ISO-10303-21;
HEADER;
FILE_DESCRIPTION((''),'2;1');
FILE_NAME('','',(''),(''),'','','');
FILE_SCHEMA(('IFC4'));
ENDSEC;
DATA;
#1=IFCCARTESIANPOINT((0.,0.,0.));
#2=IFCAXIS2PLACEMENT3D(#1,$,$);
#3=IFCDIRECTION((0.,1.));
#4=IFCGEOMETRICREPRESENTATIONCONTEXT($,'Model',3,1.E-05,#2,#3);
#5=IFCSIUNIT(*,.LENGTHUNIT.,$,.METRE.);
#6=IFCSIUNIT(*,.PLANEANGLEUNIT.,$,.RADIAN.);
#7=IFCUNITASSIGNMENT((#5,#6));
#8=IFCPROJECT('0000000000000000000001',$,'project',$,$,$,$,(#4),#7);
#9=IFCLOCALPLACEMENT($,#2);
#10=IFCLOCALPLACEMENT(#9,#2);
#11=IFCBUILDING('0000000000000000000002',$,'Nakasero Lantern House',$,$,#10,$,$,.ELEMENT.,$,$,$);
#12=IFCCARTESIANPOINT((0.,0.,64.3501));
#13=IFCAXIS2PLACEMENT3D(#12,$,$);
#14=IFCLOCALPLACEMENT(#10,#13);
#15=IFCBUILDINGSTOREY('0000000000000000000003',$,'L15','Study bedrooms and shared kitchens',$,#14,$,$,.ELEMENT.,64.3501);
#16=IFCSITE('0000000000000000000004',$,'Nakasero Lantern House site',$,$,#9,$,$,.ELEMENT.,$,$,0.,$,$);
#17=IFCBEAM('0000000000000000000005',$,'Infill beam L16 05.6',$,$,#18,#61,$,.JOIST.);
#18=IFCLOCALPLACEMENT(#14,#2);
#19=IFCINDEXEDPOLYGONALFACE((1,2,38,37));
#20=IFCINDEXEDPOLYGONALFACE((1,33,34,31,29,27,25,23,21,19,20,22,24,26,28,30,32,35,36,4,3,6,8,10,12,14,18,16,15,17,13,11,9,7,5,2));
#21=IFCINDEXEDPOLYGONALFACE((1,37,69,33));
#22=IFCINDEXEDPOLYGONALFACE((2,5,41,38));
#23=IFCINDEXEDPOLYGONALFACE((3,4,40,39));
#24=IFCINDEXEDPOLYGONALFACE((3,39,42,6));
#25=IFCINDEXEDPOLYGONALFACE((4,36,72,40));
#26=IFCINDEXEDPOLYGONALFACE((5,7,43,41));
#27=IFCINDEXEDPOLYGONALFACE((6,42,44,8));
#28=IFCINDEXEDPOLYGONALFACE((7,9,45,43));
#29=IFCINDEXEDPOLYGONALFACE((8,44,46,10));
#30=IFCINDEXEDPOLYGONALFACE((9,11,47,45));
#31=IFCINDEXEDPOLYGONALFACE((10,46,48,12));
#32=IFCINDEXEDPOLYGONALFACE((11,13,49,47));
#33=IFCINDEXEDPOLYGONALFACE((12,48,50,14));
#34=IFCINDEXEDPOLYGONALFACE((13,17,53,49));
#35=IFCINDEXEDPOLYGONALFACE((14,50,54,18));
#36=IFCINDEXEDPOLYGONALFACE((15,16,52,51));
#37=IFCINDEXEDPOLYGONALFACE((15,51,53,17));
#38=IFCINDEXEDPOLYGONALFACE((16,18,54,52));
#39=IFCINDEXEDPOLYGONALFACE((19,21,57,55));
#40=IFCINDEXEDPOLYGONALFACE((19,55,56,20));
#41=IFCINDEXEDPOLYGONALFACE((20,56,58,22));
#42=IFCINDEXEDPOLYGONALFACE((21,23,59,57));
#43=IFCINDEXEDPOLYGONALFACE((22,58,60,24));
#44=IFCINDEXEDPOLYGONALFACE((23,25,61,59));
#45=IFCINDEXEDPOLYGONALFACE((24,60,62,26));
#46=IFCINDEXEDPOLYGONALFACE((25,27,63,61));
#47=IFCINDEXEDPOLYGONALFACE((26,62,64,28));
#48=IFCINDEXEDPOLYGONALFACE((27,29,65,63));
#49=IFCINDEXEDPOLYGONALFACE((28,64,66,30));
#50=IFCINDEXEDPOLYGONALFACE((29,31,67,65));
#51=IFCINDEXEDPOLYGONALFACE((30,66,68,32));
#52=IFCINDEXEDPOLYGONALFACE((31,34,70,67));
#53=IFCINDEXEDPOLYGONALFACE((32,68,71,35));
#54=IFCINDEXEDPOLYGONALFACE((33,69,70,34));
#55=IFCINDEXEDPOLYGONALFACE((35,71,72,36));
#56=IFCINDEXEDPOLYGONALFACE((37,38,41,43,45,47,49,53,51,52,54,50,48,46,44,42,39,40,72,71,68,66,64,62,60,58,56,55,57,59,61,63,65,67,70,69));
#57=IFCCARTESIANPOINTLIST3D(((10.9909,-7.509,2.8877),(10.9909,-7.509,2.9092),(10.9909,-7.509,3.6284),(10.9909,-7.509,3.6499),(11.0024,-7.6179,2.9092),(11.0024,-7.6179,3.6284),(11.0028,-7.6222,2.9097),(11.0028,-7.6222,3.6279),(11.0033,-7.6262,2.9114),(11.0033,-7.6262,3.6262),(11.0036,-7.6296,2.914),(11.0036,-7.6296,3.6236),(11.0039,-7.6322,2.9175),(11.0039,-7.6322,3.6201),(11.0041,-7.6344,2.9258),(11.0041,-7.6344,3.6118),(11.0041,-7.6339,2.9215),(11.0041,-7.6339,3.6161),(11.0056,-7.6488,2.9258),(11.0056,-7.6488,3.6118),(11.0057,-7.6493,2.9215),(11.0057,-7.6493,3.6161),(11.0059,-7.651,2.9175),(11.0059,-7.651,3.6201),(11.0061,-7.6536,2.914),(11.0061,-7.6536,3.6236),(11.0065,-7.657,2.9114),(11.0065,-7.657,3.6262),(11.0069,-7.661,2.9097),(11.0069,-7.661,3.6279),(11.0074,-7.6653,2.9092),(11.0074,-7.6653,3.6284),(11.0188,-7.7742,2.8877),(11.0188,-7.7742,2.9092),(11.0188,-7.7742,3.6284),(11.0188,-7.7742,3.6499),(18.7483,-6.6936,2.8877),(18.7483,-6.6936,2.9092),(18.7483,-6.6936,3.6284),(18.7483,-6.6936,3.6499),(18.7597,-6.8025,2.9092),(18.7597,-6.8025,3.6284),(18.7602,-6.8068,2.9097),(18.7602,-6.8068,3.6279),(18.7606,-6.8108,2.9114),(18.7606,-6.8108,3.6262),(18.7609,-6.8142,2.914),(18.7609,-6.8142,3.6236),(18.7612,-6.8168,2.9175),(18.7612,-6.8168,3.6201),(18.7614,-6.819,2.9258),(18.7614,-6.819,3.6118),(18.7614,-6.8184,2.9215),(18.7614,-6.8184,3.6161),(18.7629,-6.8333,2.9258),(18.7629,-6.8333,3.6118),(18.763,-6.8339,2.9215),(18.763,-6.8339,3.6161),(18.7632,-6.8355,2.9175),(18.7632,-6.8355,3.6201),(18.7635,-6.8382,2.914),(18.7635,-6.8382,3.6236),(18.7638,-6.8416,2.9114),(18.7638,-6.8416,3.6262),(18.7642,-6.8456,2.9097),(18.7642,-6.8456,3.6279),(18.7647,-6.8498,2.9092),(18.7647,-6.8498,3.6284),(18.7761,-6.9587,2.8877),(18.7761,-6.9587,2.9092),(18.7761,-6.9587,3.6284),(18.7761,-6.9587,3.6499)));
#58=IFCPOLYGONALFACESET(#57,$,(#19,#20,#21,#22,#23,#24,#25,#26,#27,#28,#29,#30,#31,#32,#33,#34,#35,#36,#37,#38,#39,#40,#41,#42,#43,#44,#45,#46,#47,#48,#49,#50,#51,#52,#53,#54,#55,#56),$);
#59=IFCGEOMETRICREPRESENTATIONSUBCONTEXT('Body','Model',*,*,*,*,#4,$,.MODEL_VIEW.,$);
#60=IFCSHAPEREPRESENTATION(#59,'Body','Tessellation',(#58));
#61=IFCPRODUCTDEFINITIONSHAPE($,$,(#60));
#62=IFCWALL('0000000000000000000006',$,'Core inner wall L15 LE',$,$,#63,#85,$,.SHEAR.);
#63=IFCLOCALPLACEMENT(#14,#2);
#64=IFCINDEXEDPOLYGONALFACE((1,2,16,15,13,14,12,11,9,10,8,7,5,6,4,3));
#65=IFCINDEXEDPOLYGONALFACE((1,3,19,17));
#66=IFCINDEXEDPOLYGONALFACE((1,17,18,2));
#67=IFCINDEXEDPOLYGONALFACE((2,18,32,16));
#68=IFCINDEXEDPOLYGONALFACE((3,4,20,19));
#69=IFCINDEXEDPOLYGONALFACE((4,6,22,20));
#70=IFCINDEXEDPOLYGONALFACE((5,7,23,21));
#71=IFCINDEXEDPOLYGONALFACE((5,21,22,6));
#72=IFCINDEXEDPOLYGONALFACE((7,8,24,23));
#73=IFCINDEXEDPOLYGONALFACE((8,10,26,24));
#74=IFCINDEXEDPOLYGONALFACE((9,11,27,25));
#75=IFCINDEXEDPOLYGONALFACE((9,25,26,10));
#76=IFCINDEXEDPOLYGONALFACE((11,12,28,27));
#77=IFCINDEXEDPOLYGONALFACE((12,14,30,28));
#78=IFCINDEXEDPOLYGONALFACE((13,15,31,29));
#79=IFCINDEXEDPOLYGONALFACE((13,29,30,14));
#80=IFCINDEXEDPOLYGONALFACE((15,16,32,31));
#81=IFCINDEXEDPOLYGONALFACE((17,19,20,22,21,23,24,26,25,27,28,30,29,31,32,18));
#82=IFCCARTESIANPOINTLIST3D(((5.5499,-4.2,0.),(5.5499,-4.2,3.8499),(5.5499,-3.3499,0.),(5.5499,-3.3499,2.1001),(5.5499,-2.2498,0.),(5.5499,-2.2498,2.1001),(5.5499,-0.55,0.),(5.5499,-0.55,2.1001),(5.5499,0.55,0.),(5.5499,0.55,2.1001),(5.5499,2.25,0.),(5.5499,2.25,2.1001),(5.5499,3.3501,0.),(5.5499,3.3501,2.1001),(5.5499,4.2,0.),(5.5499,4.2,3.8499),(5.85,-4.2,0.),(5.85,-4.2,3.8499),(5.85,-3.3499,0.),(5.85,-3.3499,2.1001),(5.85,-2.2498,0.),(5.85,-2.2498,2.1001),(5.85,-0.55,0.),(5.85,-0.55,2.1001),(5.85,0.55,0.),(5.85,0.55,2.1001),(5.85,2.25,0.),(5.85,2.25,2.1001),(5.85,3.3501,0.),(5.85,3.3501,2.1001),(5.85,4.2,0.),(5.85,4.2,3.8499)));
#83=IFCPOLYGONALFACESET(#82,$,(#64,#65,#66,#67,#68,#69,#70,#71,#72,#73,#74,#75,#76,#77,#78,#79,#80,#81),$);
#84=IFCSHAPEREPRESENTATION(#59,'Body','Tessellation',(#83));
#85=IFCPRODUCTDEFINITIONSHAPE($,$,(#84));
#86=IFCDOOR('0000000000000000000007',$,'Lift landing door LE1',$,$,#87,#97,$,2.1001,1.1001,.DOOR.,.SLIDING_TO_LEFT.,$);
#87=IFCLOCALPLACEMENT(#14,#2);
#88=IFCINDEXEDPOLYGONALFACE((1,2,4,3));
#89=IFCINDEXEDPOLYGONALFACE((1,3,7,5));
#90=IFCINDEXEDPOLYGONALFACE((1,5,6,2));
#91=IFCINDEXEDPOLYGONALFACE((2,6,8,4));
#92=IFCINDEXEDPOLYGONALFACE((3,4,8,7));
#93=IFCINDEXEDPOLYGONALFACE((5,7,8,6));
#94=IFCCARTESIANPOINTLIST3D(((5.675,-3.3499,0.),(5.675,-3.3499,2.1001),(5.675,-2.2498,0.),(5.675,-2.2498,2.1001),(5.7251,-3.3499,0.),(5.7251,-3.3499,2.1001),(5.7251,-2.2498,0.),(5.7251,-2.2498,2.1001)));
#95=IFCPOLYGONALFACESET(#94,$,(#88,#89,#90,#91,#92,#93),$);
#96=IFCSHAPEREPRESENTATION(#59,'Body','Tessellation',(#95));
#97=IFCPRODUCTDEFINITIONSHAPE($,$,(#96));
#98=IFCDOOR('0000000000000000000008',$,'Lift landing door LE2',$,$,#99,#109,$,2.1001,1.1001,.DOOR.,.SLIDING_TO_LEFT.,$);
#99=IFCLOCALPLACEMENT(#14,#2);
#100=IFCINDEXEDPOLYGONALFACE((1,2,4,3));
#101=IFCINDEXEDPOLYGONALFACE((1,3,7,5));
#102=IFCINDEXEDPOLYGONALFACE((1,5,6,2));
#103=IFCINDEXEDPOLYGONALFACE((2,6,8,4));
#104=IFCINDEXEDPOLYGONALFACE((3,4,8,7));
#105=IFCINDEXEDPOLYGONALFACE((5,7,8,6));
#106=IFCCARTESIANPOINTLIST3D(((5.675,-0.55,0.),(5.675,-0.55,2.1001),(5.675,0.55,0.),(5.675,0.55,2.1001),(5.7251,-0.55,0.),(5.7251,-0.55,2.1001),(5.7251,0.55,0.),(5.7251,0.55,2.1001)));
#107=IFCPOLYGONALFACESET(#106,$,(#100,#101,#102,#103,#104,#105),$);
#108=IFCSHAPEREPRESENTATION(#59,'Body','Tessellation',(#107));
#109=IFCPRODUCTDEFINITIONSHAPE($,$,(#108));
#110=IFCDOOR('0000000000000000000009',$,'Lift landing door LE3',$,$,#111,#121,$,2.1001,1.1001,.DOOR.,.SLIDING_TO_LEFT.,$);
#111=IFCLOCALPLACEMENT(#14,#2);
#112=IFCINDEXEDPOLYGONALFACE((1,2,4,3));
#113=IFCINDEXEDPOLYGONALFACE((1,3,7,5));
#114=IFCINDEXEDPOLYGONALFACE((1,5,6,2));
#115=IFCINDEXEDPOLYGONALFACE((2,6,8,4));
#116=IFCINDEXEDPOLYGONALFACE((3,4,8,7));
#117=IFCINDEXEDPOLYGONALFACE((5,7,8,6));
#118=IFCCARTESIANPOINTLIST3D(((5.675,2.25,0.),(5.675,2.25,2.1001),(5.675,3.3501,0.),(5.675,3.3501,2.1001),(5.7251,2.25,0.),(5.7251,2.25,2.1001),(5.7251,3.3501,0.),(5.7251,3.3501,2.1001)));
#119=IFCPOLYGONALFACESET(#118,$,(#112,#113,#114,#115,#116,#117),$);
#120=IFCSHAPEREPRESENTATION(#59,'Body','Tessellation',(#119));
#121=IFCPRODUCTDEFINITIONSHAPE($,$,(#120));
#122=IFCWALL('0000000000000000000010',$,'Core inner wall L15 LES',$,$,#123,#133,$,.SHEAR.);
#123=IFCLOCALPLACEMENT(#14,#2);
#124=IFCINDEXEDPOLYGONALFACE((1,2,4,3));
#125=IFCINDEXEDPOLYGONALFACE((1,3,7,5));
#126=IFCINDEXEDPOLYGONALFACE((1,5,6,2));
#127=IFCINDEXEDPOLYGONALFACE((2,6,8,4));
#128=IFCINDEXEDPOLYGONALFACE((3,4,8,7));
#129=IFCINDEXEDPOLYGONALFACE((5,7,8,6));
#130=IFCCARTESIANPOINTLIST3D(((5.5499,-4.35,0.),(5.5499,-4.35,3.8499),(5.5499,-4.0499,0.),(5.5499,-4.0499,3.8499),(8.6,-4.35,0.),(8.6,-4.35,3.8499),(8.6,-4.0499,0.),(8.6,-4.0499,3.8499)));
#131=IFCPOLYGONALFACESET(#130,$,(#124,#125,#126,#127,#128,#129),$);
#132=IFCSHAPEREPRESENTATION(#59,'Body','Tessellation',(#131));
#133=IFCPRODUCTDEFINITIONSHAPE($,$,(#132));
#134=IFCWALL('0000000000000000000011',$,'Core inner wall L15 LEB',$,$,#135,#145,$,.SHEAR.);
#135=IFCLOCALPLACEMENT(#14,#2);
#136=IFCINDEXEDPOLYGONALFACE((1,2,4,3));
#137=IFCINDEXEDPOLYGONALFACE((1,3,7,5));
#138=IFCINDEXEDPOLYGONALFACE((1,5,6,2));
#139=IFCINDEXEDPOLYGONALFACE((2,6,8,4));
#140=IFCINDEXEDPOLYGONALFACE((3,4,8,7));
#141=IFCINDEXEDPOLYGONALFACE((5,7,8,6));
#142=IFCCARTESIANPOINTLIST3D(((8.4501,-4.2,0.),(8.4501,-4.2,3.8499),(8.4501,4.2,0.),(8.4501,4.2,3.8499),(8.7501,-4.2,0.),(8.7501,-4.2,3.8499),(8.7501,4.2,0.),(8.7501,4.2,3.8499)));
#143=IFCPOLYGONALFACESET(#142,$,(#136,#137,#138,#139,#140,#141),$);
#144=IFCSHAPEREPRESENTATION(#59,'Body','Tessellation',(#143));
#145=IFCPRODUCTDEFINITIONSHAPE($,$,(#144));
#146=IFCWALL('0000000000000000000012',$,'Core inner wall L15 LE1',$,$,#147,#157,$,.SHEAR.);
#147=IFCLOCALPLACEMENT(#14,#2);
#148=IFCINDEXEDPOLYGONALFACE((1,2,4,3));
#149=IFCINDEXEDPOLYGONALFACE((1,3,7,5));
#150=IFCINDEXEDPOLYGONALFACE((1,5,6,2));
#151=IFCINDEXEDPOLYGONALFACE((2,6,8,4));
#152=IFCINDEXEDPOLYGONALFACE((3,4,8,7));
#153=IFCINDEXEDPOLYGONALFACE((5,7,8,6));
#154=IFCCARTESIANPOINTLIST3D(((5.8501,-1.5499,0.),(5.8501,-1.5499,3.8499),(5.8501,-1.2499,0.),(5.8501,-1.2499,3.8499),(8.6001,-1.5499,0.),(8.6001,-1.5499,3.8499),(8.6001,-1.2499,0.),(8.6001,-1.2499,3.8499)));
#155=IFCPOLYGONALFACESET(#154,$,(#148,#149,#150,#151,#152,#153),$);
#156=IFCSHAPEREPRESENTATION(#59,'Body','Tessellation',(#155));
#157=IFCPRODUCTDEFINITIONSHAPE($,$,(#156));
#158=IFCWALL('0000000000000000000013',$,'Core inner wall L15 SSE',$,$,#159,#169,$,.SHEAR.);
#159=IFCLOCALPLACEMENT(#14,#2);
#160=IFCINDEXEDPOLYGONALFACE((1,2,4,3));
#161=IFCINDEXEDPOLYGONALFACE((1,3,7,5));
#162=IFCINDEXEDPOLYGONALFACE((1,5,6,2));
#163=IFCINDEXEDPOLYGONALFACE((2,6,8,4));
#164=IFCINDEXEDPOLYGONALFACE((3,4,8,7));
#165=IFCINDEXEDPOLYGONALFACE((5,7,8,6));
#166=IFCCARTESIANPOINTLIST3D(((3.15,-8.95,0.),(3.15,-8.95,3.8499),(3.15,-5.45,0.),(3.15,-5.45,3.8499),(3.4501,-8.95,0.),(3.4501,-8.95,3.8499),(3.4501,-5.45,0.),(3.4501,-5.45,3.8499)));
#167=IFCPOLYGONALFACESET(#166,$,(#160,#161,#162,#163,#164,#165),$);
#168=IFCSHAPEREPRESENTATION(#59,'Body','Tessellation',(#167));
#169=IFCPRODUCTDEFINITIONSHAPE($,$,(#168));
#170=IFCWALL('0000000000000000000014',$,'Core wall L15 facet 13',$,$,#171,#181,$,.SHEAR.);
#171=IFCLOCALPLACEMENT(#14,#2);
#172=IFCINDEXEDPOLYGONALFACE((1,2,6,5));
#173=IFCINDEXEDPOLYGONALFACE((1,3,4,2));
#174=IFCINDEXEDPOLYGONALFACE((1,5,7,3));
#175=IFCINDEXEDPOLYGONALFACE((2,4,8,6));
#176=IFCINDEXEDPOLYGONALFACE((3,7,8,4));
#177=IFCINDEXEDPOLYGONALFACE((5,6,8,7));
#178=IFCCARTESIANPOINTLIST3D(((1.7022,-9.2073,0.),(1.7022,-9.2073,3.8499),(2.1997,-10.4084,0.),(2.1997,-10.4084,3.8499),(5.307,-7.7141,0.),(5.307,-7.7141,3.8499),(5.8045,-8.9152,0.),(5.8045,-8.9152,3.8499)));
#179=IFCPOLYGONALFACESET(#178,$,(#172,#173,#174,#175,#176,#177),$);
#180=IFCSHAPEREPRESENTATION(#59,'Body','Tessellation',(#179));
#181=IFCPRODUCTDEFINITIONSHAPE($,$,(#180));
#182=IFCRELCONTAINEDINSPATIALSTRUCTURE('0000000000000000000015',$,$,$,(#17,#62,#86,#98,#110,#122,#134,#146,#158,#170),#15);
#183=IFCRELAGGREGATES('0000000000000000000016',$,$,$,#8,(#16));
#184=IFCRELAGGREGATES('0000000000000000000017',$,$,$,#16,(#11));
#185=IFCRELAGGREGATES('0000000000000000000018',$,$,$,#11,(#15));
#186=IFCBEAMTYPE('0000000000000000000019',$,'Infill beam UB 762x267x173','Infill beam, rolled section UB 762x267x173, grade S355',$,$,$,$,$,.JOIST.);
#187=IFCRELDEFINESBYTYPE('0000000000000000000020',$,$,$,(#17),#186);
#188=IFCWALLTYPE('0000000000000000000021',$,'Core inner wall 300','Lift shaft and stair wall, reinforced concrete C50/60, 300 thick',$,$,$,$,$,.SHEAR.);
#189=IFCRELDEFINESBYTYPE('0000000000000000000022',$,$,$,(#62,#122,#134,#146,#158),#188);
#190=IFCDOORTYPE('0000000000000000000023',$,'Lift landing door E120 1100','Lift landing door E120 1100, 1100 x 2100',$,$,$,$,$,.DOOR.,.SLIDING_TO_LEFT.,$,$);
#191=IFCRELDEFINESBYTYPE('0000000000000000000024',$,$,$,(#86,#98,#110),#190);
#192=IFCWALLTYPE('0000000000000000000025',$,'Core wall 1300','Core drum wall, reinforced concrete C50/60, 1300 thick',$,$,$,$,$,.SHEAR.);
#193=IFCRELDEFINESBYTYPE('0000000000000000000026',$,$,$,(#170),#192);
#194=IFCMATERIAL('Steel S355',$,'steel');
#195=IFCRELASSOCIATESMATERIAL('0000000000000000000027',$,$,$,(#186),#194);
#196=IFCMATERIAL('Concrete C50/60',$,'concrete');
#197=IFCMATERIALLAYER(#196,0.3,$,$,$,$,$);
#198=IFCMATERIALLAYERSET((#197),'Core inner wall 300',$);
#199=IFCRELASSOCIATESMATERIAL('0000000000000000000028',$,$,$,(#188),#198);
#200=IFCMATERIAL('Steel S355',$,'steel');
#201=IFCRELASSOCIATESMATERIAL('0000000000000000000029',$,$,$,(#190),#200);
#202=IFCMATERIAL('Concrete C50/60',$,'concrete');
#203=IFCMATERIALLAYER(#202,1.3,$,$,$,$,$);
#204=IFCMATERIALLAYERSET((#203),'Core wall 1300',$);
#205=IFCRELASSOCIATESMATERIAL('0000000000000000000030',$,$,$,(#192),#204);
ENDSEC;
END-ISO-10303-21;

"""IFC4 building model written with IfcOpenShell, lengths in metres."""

from ifc_helpers import new_model, si_unit, direction, frame, frame_2d, origin, origin_2d, place, context, subcontext, project, spatial, rectangle, i_section, extrude, material, layer, layer_set, material_profile, profile_set, type_object, element, fill, save


model = new_model("IFC4")

# Units and contexts
model_context = context("Model", 3, precision=1e-05, world=origin(), true_north=direction((0.0, 1.0)))
body_context = subcontext(model_context, "Body", "Model", "MODEL_VIEW")
ifc_project = project(units=[si_unit("LENGTHUNIT", "METRE"), si_unit("PLANEANGLEUNIT", "RADIAN")], contexts=[model_context])

# Site, building, storey
site_placement = place(None, origin())
site = spatial("IfcSite", under=ifc_project, at=site_placement, Name="Nakasero Lantern House site", CompositionType="ELEMENT", RefElevation=0.0)
building_placement = place(site_placement, origin())
building = spatial("IfcBuilding", under=site, at=building_placement, Name="Nakasero Lantern House", CompositionType="ELEMENT")
storey_placement = place(building_placement, frame((0.0, 0.0, 64.3501)))
storey = spatial("IfcBuildingStorey", under=building, at=storey_placement, Name="L15", Description="Study bedrooms and shared kitchens", CompositionType="ELEMENT", Elevation=64.3501)

# Beam
ifc_material_1 = material(Name="Steel S355", Category="steel")
ifc_material_profile_1 = material_profile(ifc_material_1, i_section(OverallWidth=0.2666, OverallDepth=0.7622, WebThickness=0.0144, FlangeThickness=0.0215, FilletRadius=0.0166, at=origin_2d()), Name="UB 762x267x173")
ifc_profile_set_1 = profile_set([ifc_material_profile_1], Name="Steel S355")
beam_type_1 = type_object("IfcBeamType", Name="Infill beam UB 762x267x173", Description="Infill beam, rolled section UB 762x267x173, grade S355", PredefinedType="JOIST", material=ifc_profile_set_1)
beam_1_placement = place(storey_placement, frame((11.0049, -7.6416, 3.2688), z_axis=(0.994521, 0.104541, 0.0), x_axis=(-0.104541, 0.994521, 0.0)))
element("IfcBeam", 1, at=beam_1_placement, inside=storey, type_object=beam_type_1, Name="Infill beam L16 05.6", PredefinedType="JOIST", context=body_context, shape_type="SweptSolid", body=[
    extrude(i_section(OverallWidth=0.2666, OverallDepth=0.7622, WebThickness=0.0144, FlangeThickness=0.0215, FilletRadius=0.0166, at=origin_2d()), origin(), (0.0, 0.0, 1.0), 7.8),
])

# Wall, openings, doors
ifc_material_2 = material(Name="Concrete C50/60", Category="concrete")
ifc_layer_1 = layer(ifc_material_2, 0.3)
ifc_layer_set_1 = layer_set([ifc_layer_1], Name="Core inner wall 300")
wall_type_1 = type_object("IfcWallType", Name="Core inner wall 300", Description="Lift shaft and stair wall, reinforced concrete C50/60, 300 thick", PredefinedType="SHEAR", material=ifc_layer_set_1)
wall_1_placement = place(storey_placement, frame((5.7, -4.2, 0.0), z_axis=(0.0, 0.0, 1.0), x_axis=(0.0, 1.0, 0.0)))
wall_1 = element("IfcWall", 2, at=wall_1_placement, inside=storey, type_object=wall_type_1, Name="Core inner wall L15 LE", PredefinedType="SHEAR", context=body_context, shape_type="SweptSolid", body=[
    extrude(rectangle(XDim=8.3999, YDim=0.3, at=frame_2d((4.2, 0.0))), origin(), (0.0, 0.0, 1.0), 3.8499),
])
opening_1_placement = place(wall_1_placement, frame((0.8501, 0.0, 0.0)))
opening_1 = element("IfcOpeningElement", 3, at=opening_1_placement, cuts=wall_1, PredefinedType="OPENING", context=body_context, shape_type="SweptSolid", body=[
    extrude(rectangle(XDim=1.1001, YDim=2.1001, at=frame_2d((0.55, 1.05))), frame((0.0, 0.1699, 0.0), z_axis=(0.0, -1.0, 0.0), x_axis=(1.0, 0.0, 0.0)), (0.0, 0.0, 1.0), 0.3401),
])
opening_2_placement = place(wall_1_placement, frame((3.6499, 0.0, 0.0)))
opening_2 = element("IfcOpeningElement", 4, at=opening_2_placement, cuts=wall_1, PredefinedType="OPENING", context=body_context, shape_type="SweptSolid", body=[
    extrude(rectangle(XDim=1.1001, YDim=2.1001, at=frame_2d((0.55, 1.05))), frame((0.0, 0.1699, 0.0), z_axis=(0.0, -1.0, 0.0), x_axis=(1.0, 0.0, 0.0)), (0.0, 0.0, 1.0), 0.3401),
])
opening_3_placement = place(wall_1_placement, frame((6.45, 0.0, 0.0)))
opening_3 = element("IfcOpeningElement", 5, at=opening_3_placement, cuts=wall_1, PredefinedType="OPENING", context=body_context, shape_type="SweptSolid", body=[
    extrude(rectangle(XDim=1.1001, YDim=2.1001, at=frame_2d((0.55, 1.05))), frame((0.0, 0.1699, 0.0), z_axis=(0.0, -1.0, 0.0), x_axis=(1.0, 0.0, 0.0)), (0.0, 0.0, 1.0), 0.3401),
])
ifc_material_3 = material(Name="Steel S355", Category="steel")
door_type_1 = type_object("IfcDoorType", Name="Lift landing door E120 1100", Description="Lift landing door E120 1100, 1100 x 2100", OperationType="SLIDING_TO_LEFT", PredefinedType="DOOR", material=ifc_material_3)
door_1_placement = place(opening_1_placement, origin())
door_1 = element("IfcDoor", 6, at=door_1_placement, inside=storey, type_object=door_type_1, Name="Lift landing door LE1", OperationType="SLIDING_TO_LEFT", OverallHeight=2.1001, OverallWidth=1.1001, PredefinedType="DOOR", context=body_context, shape_type="SweptSolid", body=[
    extrude(rectangle(XDim=1.1001, YDim=2.1001, at=frame_2d((0.55, 1.05))), frame((0.0, 0.0249, 0.0), z_axis=(0.0, -1.0, 0.0), x_axis=(1.0, 0.0, 0.0)), (0.0, 0.0, 1.0), 0.05),
])
fill(opening_1, door_1)
door_2_placement = place(opening_2_placement, origin())
door_2 = element("IfcDoor", 7, at=door_2_placement, inside=storey, type_object=door_type_1, Name="Lift landing door LE2", OperationType="SLIDING_TO_LEFT", OverallHeight=2.1001, OverallWidth=1.1001, PredefinedType="DOOR", context=body_context, shape_type="SweptSolid", body=[
    extrude(rectangle(XDim=1.1001, YDim=2.1001, at=frame_2d((0.55, 1.05))), frame((0.0, 0.0249, 0.0), z_axis=(0.0, -1.0, 0.0), x_axis=(1.0, 0.0, 0.0)), (0.0, 0.0, 1.0), 0.05),
])
fill(opening_2, door_2)
door_3_placement = place(opening_3_placement, origin())
door_3 = element("IfcDoor", 8, at=door_3_placement, inside=storey, type_object=door_type_1, Name="Lift landing door LE3", OperationType="SLIDING_TO_LEFT", OverallHeight=2.1001, OverallWidth=1.1001, PredefinedType="DOOR", context=body_context, shape_type="SweptSolid", body=[
    extrude(rectangle(XDim=1.1001, YDim=2.1001, at=frame_2d((0.55, 1.05))), frame((0.0, 0.0249, 0.0), z_axis=(0.0, -1.0, 0.0), x_axis=(1.0, 0.0, 0.0)), (0.0, 0.0, 1.0), 0.05),
])
fill(opening_3, door_3)

# Walls
wall_2_placement = place(storey_placement, frame((5.55, -4.2, 0.0), z_axis=(0.0, 0.0, 1.0), x_axis=(1.0, 0.0, 0.0)))
element("IfcWall", 9, at=wall_2_placement, inside=storey, type_object=wall_type_1, Name="Core inner wall L15 LES", PredefinedType="SHEAR", context=body_context, shape_type="SweptSolid", body=[
    extrude(rectangle(XDim=3.05, YDim=0.3, at=frame_2d((1.5249, 0.0))), origin(), (0.0, 0.0, 1.0), 3.8499),
])
wall_3_placement = place(storey_placement, frame((8.6001, -4.2, 0.0), z_axis=(0.0, 0.0, 1.0), x_axis=(0.0, 1.0, 0.0)))
element("IfcWall", 10, at=wall_3_placement, inside=storey, type_object=wall_type_1, Name="Core inner wall L15 LEB", PredefinedType="SHEAR", context=body_context, shape_type="SweptSolid", body=[
    extrude(rectangle(XDim=8.3999, YDim=0.3, at=frame_2d((4.2, 0.0))), origin(), (0.0, 0.0, 1.0), 3.8499),
])
wall_4_placement = place(storey_placement, frame((5.8501, -1.3999, 0.0), z_axis=(0.0, 0.0, 1.0), x_axis=(1.0, 0.0, 0.0)))
element("IfcWall", 11, at=wall_4_placement, inside=storey, type_object=wall_type_1, Name="Core inner wall L15 LE1", PredefinedType="SHEAR", context=body_context, shape_type="SweptSolid", body=[
    extrude(rectangle(XDim=2.75, YDim=0.3, at=frame_2d((1.375, 0.0))), origin(), (0.0, 0.0, 1.0), 3.8499),
])
wall_5_placement = place(storey_placement, frame((3.3, -5.45, 0.0), z_axis=(0.0, 0.0, 1.0), x_axis=(0.0, -1.0, 0.0)))
element("IfcWall", 12, at=wall_5_placement, inside=storey, type_object=wall_type_1, Name="Core inner wall L15 SSE", PredefinedType="SHEAR", context=body_context, shape_type="SweptSolid", body=[
    extrude(rectangle(XDim=3.5, YDim=0.3, at=frame_2d((1.75, 0.0))), origin(), (0.0, 0.0, 1.0), 3.8499),
])
ifc_material_4 = material(Name="Concrete C50/60", Category="concrete")
ifc_layer_2 = layer(ifc_material_4, 1.3)
ifc_layer_set_2 = layer_set([ifc_layer_2], Name="Core wall 1300")
wall_type_2 = type_object("IfcWallType", Name="Core wall 1300", Description="Core drum wall, reinforced concrete C50/60, 1300 thick", PredefinedType="SHEAR", material=ifc_layer_set_2)
wall_6_placement = place(storey_placement, frame((1.9509, -9.8079, 0.0), z_axis=(0.0, 0.0, 1.0), x_axis=(0.923877, 0.382691, 0.0)))
element("IfcWall", 13, at=wall_6_placement, inside=storey, type_object=wall_type_2, Name="Core wall L15 facet 13", PredefinedType="SHEAR", context=body_context, shape_type="SweptSolid", body=[
    extrude(rectangle(XDim=3.9019, YDim=1.3, at=frame_2d((1.9509, 0.0))), origin(), (0.0, 0.0, 1.0), 3.8499),
])

save(model, "model.ifc")
